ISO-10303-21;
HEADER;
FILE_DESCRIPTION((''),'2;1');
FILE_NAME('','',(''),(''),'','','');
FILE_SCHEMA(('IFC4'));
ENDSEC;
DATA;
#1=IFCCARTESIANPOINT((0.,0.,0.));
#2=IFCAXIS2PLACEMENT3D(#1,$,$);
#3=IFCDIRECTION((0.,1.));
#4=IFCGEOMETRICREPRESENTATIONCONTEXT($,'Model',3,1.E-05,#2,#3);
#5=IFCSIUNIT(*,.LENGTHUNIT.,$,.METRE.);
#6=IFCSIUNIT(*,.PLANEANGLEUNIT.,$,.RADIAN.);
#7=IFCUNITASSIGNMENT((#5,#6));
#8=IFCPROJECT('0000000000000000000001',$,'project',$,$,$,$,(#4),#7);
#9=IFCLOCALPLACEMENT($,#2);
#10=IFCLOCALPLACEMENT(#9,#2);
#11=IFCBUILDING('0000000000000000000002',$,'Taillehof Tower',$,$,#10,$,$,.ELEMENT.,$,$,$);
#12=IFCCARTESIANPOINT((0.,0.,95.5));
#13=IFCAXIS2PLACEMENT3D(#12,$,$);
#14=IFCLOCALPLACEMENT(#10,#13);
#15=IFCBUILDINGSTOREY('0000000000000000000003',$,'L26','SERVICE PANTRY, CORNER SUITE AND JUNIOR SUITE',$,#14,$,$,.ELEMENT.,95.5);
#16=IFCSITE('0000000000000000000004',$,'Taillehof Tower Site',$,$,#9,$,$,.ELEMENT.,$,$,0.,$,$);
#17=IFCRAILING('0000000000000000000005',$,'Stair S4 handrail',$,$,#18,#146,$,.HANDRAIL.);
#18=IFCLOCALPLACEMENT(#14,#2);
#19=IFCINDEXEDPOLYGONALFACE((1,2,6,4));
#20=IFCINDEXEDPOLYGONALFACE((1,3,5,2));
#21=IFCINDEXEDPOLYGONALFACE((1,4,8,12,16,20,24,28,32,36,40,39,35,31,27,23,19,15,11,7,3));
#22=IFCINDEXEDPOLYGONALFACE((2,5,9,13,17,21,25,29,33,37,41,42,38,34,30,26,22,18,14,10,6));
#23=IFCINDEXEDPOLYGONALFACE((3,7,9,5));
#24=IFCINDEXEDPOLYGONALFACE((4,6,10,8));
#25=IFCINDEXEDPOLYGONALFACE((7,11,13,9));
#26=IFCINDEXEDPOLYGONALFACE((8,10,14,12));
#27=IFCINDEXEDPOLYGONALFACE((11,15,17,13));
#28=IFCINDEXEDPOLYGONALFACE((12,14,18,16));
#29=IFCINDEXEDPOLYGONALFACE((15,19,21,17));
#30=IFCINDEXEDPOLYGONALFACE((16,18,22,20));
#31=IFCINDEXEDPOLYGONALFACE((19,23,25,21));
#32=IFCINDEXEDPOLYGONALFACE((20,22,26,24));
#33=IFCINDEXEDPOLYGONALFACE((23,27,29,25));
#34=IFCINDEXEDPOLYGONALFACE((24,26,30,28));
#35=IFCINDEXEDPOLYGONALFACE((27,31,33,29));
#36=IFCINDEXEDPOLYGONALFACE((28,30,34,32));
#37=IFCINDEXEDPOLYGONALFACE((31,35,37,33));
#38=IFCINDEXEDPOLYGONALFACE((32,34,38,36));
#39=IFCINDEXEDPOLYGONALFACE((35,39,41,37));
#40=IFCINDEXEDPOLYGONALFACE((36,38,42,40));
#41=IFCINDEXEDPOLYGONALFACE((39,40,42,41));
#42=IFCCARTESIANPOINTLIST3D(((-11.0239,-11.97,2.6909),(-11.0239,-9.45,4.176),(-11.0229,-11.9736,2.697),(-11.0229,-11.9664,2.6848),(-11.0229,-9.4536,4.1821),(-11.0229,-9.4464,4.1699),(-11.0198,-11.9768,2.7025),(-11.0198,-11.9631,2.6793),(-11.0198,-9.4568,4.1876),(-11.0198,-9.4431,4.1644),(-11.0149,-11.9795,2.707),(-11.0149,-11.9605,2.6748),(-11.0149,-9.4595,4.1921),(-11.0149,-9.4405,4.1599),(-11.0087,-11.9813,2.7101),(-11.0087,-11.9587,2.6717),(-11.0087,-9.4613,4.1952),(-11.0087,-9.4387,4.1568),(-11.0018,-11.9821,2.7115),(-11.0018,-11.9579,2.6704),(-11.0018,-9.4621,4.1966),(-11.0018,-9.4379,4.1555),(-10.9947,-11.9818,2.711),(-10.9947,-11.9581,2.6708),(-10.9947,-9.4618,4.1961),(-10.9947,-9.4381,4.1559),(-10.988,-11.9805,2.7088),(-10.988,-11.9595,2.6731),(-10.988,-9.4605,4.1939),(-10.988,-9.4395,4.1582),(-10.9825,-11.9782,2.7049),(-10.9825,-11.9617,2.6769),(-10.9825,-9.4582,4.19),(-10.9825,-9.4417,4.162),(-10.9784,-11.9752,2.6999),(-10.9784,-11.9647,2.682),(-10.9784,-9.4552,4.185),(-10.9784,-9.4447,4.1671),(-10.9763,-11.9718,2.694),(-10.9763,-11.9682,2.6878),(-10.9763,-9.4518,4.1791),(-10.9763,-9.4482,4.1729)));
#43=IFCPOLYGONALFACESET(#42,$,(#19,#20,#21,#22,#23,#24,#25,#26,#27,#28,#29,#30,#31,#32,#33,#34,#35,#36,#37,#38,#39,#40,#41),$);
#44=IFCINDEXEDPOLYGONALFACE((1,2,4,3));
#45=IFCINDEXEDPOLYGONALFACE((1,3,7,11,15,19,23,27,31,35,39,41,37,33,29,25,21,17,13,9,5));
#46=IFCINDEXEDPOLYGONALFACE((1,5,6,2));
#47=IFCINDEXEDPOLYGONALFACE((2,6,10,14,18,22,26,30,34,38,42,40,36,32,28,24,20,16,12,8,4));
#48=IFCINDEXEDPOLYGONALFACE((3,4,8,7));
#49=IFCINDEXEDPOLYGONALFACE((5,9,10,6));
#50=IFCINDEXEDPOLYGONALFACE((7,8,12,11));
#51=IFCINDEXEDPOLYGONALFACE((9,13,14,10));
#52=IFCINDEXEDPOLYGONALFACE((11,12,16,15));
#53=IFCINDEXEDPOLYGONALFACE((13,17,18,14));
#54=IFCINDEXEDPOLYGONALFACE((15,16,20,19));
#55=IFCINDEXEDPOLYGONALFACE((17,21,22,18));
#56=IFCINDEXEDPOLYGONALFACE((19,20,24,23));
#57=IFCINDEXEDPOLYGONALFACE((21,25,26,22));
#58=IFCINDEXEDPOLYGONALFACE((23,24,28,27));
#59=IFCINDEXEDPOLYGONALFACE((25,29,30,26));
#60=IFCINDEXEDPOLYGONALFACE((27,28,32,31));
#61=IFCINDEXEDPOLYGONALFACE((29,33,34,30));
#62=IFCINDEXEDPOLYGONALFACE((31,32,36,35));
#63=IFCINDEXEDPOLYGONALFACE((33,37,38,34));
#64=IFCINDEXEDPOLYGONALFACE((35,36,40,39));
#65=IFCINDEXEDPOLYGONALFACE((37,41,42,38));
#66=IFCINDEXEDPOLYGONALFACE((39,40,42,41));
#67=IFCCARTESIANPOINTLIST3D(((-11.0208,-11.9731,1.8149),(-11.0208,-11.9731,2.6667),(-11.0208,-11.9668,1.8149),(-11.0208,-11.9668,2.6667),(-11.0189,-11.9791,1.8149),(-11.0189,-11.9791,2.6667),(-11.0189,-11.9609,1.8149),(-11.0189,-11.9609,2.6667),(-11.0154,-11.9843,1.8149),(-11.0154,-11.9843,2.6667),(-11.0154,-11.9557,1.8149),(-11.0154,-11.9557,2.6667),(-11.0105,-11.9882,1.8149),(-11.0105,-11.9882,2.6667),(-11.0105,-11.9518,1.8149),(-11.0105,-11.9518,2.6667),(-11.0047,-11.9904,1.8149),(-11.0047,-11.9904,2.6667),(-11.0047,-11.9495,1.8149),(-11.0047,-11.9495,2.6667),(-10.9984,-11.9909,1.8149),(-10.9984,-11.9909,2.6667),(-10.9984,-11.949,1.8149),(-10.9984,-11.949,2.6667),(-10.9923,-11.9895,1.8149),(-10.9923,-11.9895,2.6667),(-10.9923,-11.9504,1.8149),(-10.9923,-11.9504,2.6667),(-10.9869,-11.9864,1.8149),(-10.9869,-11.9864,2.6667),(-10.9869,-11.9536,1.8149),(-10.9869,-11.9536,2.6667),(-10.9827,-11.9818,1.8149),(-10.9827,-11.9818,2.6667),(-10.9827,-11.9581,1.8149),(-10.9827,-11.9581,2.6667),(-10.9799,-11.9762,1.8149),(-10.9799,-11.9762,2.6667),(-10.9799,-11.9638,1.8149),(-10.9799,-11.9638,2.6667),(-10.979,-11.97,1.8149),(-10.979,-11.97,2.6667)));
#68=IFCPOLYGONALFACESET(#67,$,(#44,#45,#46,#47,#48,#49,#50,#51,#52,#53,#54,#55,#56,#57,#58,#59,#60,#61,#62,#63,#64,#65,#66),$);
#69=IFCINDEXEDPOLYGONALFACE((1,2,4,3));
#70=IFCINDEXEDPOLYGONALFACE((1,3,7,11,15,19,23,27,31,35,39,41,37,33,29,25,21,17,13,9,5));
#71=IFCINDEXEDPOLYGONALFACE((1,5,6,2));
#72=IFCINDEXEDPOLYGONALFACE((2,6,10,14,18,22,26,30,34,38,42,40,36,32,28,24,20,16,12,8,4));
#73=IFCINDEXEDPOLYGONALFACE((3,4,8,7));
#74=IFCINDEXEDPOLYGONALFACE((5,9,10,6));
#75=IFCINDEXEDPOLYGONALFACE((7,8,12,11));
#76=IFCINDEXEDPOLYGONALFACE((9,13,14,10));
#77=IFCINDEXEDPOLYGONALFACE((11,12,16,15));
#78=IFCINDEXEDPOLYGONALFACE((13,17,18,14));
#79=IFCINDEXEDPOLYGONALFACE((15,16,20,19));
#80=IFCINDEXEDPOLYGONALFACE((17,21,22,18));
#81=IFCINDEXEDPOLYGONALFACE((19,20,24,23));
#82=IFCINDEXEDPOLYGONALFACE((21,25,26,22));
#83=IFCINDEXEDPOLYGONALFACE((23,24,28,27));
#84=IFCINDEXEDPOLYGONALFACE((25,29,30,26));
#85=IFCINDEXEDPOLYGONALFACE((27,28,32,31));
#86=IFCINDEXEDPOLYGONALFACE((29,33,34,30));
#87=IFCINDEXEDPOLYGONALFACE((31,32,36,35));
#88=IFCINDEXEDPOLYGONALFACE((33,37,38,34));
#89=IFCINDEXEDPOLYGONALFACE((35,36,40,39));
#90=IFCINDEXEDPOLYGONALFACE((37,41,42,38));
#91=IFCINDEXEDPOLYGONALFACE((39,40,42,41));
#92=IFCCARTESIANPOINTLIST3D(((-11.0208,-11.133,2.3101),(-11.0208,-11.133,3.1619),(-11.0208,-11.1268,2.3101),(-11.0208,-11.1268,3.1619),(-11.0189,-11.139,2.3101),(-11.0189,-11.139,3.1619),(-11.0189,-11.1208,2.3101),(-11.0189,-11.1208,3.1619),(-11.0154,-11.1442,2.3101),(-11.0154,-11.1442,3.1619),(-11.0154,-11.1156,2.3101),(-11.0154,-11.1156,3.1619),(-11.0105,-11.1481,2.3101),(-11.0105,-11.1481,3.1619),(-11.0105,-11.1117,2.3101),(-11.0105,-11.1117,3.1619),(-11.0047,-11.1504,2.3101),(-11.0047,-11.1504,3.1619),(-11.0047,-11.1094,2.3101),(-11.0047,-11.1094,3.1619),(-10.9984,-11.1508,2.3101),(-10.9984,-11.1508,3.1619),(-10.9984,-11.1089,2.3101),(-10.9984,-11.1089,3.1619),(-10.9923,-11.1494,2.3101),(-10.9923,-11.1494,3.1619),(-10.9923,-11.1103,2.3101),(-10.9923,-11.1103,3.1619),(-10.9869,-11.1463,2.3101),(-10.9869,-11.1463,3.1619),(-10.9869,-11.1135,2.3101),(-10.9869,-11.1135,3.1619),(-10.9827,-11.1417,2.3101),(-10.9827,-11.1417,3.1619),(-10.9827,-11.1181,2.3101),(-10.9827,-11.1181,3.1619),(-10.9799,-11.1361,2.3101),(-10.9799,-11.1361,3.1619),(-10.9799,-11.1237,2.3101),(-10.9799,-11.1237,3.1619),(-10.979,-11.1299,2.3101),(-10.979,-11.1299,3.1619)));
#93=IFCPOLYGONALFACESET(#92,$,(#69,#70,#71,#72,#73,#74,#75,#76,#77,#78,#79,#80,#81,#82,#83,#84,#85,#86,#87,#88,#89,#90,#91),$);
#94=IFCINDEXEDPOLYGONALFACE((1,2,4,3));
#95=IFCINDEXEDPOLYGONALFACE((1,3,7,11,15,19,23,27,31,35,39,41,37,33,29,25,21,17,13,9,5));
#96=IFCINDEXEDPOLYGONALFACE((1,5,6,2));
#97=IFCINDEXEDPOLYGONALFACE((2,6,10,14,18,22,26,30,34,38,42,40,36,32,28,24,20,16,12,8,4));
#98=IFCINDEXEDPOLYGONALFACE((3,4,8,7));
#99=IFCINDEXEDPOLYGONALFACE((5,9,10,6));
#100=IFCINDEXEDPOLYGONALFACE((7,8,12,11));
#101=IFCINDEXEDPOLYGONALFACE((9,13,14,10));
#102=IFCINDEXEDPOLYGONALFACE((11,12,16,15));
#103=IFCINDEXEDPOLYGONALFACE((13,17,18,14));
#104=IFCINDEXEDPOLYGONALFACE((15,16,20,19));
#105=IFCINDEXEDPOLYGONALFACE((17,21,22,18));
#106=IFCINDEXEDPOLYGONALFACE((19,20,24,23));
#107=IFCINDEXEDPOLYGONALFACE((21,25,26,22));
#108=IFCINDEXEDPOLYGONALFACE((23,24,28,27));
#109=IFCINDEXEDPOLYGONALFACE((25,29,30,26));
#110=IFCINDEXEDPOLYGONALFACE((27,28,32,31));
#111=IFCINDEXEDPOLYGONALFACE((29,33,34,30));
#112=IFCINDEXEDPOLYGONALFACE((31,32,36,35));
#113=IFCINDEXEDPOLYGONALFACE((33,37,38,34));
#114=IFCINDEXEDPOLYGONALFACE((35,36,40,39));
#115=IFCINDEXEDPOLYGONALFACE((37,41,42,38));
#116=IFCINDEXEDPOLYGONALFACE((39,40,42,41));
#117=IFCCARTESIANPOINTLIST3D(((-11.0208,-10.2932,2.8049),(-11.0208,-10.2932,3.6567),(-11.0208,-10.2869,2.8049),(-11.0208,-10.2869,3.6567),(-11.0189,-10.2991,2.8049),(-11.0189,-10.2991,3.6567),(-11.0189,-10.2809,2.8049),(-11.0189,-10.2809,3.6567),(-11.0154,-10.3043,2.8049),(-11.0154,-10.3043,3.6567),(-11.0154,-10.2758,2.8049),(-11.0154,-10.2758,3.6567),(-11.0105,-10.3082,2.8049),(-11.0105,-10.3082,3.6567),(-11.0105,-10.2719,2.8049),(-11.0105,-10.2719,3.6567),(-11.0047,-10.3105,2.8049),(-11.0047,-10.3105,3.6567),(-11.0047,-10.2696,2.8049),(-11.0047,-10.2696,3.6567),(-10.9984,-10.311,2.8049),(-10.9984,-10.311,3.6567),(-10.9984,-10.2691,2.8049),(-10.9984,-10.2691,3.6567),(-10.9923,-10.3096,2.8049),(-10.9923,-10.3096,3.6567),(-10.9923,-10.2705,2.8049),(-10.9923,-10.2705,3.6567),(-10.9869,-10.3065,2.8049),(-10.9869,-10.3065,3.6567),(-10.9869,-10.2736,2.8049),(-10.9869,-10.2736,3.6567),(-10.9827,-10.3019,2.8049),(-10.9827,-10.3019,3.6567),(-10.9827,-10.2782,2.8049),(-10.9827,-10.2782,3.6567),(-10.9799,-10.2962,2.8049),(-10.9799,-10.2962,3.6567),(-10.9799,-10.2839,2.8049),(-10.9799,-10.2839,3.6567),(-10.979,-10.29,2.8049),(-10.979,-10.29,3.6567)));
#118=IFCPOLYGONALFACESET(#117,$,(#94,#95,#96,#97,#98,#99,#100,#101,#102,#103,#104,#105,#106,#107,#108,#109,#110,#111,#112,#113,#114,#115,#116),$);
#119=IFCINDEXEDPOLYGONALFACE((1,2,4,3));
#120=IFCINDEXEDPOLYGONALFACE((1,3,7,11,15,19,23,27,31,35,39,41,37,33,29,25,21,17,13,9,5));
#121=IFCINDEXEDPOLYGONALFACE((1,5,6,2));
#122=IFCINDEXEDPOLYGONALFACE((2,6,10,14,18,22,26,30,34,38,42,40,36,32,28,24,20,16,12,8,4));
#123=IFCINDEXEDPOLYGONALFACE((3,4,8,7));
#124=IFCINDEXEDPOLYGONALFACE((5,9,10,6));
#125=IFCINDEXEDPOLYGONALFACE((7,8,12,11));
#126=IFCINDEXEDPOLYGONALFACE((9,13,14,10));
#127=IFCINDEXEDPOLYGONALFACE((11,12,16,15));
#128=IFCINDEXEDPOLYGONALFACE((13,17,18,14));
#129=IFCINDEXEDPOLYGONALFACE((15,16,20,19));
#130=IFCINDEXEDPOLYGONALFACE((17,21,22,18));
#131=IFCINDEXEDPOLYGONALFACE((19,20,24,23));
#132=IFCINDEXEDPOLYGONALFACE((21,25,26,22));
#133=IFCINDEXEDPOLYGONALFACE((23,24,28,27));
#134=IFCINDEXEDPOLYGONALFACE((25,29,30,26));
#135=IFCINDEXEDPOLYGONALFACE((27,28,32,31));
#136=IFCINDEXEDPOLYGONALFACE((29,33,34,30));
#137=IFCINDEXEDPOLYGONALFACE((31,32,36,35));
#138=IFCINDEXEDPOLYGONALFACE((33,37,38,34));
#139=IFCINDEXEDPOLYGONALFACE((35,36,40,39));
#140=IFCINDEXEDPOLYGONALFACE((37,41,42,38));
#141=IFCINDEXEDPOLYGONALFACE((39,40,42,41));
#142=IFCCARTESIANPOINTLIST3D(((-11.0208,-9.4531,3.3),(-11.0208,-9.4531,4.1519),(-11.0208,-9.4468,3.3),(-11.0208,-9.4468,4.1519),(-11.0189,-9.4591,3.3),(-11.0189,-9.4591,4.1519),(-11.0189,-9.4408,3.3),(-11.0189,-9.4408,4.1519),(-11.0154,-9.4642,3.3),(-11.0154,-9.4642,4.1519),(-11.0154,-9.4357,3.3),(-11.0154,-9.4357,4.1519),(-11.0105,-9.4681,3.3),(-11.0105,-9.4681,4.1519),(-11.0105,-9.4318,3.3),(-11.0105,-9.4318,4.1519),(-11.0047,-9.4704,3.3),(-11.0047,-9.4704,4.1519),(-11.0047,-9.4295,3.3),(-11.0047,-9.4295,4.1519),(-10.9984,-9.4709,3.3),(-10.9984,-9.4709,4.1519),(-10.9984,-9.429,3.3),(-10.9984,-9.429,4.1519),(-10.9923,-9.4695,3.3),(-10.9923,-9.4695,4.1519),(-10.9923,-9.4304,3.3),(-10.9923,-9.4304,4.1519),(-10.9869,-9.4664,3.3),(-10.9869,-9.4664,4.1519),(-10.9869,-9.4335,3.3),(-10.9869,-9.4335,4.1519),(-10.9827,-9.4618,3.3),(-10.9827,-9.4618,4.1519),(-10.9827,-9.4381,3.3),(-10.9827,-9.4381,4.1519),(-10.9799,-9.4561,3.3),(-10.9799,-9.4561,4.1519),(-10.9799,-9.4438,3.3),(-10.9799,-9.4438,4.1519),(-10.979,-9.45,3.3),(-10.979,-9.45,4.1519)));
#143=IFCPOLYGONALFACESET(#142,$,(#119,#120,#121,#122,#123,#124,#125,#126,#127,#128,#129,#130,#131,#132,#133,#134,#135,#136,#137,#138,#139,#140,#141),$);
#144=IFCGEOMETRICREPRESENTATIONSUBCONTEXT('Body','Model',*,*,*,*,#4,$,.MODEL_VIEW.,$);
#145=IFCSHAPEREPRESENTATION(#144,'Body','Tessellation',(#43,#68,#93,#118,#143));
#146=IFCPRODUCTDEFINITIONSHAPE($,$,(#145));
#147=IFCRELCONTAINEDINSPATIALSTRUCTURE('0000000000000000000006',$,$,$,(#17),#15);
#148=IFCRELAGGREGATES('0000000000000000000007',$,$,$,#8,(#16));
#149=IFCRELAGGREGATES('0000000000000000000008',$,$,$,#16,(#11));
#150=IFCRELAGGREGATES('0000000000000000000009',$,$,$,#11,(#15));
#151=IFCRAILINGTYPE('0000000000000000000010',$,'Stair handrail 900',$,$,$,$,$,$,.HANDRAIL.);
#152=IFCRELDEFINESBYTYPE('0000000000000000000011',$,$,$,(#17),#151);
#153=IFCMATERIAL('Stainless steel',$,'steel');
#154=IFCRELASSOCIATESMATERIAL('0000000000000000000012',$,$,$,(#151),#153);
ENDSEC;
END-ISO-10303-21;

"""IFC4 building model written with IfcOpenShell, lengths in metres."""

from ifc_helpers import new_model, si_unit, direction, frame, origin, origin_2d, place, context, subcontext, project, spatial, circle, extrude, material, type_object, element, save


model = new_model("IFC4")

# Units and contexts
model_context = context("Model", 3, precision=1e-05, world=origin(), true_north=direction((0.0, 1.0)))
body_context = subcontext(model_context, "Body", "Model", "MODEL_VIEW")
ifc_project = project(units=[si_unit("LENGTHUNIT", "METRE"), si_unit("PLANEANGLEUNIT", "RADIAN")], contexts=[model_context])

# Site, building, storey
site_placement = place(None, origin())
site = spatial("IfcSite", under=ifc_project, at=site_placement, Name="Taillehof Tower Site", CompositionType="ELEMENT", RefElevation=0.0)
building_placement = place(site_placement, origin())
building = spatial("IfcBuilding", under=site, at=building_placement, Name="Taillehof Tower", CompositionType="ELEMENT")
storey_placement = place(building_placement, frame((0.0, 0.0, 95.5)))
storey = spatial("IfcBuildingStorey", under=building, at=storey_placement, Name="L26", Description="SERVICE PANTRY, CORNER SUITE AND JUNIOR SUITE", CompositionType="ELEMENT", Elevation=95.5)

# Railing
ifc_material_1 = material(Name="Stainless steel", Category="steel")
railing_type = type_object("IfcRailingType", Name="Stair handrail 900", PredefinedType="HANDRAIL", material=ifc_material_1)
railing_placement = place(storey_placement, frame((-11.0, -11.97, 1.8149)))
element("IfcRailing", 1, at=railing_placement, inside=storey, type_object=railing_type, Name="Stair S4 handrail", PredefinedType="HANDRAIL", context=body_context, shape_type="SweptSolid", body=[
    extrude(circle(Radius=0.0239, at=origin_2d()), frame((0.0, 0.0, 0.876), z_axis=(0.0, 0.861524, 0.507717), x_axis=(-1.0, 0.0, 0.0)), (0.0, 0.0, 1.0), 2.925),
    extrude(circle(Radius=0.021, at=origin_2d()), origin(), (0.0, 0.0, 1.0), 0.8518),
    extrude(circle(Radius=0.021, at=origin_2d()), frame((0.0, 0.8401, 0.4951)), (0.0, 0.0, 1.0), 0.8518),
    extrude(circle(Radius=0.021, at=origin_2d()), frame((0.0, 1.6799, 0.99)), (0.0, 0.0, 1.0), 0.8518),
    extrude(circle(Radius=0.021, at=origin_2d()), frame((0.0, 2.52, 1.4851)), (0.0, 0.0, 1.0), 0.8518),
])

save(model, "model.ifc")
